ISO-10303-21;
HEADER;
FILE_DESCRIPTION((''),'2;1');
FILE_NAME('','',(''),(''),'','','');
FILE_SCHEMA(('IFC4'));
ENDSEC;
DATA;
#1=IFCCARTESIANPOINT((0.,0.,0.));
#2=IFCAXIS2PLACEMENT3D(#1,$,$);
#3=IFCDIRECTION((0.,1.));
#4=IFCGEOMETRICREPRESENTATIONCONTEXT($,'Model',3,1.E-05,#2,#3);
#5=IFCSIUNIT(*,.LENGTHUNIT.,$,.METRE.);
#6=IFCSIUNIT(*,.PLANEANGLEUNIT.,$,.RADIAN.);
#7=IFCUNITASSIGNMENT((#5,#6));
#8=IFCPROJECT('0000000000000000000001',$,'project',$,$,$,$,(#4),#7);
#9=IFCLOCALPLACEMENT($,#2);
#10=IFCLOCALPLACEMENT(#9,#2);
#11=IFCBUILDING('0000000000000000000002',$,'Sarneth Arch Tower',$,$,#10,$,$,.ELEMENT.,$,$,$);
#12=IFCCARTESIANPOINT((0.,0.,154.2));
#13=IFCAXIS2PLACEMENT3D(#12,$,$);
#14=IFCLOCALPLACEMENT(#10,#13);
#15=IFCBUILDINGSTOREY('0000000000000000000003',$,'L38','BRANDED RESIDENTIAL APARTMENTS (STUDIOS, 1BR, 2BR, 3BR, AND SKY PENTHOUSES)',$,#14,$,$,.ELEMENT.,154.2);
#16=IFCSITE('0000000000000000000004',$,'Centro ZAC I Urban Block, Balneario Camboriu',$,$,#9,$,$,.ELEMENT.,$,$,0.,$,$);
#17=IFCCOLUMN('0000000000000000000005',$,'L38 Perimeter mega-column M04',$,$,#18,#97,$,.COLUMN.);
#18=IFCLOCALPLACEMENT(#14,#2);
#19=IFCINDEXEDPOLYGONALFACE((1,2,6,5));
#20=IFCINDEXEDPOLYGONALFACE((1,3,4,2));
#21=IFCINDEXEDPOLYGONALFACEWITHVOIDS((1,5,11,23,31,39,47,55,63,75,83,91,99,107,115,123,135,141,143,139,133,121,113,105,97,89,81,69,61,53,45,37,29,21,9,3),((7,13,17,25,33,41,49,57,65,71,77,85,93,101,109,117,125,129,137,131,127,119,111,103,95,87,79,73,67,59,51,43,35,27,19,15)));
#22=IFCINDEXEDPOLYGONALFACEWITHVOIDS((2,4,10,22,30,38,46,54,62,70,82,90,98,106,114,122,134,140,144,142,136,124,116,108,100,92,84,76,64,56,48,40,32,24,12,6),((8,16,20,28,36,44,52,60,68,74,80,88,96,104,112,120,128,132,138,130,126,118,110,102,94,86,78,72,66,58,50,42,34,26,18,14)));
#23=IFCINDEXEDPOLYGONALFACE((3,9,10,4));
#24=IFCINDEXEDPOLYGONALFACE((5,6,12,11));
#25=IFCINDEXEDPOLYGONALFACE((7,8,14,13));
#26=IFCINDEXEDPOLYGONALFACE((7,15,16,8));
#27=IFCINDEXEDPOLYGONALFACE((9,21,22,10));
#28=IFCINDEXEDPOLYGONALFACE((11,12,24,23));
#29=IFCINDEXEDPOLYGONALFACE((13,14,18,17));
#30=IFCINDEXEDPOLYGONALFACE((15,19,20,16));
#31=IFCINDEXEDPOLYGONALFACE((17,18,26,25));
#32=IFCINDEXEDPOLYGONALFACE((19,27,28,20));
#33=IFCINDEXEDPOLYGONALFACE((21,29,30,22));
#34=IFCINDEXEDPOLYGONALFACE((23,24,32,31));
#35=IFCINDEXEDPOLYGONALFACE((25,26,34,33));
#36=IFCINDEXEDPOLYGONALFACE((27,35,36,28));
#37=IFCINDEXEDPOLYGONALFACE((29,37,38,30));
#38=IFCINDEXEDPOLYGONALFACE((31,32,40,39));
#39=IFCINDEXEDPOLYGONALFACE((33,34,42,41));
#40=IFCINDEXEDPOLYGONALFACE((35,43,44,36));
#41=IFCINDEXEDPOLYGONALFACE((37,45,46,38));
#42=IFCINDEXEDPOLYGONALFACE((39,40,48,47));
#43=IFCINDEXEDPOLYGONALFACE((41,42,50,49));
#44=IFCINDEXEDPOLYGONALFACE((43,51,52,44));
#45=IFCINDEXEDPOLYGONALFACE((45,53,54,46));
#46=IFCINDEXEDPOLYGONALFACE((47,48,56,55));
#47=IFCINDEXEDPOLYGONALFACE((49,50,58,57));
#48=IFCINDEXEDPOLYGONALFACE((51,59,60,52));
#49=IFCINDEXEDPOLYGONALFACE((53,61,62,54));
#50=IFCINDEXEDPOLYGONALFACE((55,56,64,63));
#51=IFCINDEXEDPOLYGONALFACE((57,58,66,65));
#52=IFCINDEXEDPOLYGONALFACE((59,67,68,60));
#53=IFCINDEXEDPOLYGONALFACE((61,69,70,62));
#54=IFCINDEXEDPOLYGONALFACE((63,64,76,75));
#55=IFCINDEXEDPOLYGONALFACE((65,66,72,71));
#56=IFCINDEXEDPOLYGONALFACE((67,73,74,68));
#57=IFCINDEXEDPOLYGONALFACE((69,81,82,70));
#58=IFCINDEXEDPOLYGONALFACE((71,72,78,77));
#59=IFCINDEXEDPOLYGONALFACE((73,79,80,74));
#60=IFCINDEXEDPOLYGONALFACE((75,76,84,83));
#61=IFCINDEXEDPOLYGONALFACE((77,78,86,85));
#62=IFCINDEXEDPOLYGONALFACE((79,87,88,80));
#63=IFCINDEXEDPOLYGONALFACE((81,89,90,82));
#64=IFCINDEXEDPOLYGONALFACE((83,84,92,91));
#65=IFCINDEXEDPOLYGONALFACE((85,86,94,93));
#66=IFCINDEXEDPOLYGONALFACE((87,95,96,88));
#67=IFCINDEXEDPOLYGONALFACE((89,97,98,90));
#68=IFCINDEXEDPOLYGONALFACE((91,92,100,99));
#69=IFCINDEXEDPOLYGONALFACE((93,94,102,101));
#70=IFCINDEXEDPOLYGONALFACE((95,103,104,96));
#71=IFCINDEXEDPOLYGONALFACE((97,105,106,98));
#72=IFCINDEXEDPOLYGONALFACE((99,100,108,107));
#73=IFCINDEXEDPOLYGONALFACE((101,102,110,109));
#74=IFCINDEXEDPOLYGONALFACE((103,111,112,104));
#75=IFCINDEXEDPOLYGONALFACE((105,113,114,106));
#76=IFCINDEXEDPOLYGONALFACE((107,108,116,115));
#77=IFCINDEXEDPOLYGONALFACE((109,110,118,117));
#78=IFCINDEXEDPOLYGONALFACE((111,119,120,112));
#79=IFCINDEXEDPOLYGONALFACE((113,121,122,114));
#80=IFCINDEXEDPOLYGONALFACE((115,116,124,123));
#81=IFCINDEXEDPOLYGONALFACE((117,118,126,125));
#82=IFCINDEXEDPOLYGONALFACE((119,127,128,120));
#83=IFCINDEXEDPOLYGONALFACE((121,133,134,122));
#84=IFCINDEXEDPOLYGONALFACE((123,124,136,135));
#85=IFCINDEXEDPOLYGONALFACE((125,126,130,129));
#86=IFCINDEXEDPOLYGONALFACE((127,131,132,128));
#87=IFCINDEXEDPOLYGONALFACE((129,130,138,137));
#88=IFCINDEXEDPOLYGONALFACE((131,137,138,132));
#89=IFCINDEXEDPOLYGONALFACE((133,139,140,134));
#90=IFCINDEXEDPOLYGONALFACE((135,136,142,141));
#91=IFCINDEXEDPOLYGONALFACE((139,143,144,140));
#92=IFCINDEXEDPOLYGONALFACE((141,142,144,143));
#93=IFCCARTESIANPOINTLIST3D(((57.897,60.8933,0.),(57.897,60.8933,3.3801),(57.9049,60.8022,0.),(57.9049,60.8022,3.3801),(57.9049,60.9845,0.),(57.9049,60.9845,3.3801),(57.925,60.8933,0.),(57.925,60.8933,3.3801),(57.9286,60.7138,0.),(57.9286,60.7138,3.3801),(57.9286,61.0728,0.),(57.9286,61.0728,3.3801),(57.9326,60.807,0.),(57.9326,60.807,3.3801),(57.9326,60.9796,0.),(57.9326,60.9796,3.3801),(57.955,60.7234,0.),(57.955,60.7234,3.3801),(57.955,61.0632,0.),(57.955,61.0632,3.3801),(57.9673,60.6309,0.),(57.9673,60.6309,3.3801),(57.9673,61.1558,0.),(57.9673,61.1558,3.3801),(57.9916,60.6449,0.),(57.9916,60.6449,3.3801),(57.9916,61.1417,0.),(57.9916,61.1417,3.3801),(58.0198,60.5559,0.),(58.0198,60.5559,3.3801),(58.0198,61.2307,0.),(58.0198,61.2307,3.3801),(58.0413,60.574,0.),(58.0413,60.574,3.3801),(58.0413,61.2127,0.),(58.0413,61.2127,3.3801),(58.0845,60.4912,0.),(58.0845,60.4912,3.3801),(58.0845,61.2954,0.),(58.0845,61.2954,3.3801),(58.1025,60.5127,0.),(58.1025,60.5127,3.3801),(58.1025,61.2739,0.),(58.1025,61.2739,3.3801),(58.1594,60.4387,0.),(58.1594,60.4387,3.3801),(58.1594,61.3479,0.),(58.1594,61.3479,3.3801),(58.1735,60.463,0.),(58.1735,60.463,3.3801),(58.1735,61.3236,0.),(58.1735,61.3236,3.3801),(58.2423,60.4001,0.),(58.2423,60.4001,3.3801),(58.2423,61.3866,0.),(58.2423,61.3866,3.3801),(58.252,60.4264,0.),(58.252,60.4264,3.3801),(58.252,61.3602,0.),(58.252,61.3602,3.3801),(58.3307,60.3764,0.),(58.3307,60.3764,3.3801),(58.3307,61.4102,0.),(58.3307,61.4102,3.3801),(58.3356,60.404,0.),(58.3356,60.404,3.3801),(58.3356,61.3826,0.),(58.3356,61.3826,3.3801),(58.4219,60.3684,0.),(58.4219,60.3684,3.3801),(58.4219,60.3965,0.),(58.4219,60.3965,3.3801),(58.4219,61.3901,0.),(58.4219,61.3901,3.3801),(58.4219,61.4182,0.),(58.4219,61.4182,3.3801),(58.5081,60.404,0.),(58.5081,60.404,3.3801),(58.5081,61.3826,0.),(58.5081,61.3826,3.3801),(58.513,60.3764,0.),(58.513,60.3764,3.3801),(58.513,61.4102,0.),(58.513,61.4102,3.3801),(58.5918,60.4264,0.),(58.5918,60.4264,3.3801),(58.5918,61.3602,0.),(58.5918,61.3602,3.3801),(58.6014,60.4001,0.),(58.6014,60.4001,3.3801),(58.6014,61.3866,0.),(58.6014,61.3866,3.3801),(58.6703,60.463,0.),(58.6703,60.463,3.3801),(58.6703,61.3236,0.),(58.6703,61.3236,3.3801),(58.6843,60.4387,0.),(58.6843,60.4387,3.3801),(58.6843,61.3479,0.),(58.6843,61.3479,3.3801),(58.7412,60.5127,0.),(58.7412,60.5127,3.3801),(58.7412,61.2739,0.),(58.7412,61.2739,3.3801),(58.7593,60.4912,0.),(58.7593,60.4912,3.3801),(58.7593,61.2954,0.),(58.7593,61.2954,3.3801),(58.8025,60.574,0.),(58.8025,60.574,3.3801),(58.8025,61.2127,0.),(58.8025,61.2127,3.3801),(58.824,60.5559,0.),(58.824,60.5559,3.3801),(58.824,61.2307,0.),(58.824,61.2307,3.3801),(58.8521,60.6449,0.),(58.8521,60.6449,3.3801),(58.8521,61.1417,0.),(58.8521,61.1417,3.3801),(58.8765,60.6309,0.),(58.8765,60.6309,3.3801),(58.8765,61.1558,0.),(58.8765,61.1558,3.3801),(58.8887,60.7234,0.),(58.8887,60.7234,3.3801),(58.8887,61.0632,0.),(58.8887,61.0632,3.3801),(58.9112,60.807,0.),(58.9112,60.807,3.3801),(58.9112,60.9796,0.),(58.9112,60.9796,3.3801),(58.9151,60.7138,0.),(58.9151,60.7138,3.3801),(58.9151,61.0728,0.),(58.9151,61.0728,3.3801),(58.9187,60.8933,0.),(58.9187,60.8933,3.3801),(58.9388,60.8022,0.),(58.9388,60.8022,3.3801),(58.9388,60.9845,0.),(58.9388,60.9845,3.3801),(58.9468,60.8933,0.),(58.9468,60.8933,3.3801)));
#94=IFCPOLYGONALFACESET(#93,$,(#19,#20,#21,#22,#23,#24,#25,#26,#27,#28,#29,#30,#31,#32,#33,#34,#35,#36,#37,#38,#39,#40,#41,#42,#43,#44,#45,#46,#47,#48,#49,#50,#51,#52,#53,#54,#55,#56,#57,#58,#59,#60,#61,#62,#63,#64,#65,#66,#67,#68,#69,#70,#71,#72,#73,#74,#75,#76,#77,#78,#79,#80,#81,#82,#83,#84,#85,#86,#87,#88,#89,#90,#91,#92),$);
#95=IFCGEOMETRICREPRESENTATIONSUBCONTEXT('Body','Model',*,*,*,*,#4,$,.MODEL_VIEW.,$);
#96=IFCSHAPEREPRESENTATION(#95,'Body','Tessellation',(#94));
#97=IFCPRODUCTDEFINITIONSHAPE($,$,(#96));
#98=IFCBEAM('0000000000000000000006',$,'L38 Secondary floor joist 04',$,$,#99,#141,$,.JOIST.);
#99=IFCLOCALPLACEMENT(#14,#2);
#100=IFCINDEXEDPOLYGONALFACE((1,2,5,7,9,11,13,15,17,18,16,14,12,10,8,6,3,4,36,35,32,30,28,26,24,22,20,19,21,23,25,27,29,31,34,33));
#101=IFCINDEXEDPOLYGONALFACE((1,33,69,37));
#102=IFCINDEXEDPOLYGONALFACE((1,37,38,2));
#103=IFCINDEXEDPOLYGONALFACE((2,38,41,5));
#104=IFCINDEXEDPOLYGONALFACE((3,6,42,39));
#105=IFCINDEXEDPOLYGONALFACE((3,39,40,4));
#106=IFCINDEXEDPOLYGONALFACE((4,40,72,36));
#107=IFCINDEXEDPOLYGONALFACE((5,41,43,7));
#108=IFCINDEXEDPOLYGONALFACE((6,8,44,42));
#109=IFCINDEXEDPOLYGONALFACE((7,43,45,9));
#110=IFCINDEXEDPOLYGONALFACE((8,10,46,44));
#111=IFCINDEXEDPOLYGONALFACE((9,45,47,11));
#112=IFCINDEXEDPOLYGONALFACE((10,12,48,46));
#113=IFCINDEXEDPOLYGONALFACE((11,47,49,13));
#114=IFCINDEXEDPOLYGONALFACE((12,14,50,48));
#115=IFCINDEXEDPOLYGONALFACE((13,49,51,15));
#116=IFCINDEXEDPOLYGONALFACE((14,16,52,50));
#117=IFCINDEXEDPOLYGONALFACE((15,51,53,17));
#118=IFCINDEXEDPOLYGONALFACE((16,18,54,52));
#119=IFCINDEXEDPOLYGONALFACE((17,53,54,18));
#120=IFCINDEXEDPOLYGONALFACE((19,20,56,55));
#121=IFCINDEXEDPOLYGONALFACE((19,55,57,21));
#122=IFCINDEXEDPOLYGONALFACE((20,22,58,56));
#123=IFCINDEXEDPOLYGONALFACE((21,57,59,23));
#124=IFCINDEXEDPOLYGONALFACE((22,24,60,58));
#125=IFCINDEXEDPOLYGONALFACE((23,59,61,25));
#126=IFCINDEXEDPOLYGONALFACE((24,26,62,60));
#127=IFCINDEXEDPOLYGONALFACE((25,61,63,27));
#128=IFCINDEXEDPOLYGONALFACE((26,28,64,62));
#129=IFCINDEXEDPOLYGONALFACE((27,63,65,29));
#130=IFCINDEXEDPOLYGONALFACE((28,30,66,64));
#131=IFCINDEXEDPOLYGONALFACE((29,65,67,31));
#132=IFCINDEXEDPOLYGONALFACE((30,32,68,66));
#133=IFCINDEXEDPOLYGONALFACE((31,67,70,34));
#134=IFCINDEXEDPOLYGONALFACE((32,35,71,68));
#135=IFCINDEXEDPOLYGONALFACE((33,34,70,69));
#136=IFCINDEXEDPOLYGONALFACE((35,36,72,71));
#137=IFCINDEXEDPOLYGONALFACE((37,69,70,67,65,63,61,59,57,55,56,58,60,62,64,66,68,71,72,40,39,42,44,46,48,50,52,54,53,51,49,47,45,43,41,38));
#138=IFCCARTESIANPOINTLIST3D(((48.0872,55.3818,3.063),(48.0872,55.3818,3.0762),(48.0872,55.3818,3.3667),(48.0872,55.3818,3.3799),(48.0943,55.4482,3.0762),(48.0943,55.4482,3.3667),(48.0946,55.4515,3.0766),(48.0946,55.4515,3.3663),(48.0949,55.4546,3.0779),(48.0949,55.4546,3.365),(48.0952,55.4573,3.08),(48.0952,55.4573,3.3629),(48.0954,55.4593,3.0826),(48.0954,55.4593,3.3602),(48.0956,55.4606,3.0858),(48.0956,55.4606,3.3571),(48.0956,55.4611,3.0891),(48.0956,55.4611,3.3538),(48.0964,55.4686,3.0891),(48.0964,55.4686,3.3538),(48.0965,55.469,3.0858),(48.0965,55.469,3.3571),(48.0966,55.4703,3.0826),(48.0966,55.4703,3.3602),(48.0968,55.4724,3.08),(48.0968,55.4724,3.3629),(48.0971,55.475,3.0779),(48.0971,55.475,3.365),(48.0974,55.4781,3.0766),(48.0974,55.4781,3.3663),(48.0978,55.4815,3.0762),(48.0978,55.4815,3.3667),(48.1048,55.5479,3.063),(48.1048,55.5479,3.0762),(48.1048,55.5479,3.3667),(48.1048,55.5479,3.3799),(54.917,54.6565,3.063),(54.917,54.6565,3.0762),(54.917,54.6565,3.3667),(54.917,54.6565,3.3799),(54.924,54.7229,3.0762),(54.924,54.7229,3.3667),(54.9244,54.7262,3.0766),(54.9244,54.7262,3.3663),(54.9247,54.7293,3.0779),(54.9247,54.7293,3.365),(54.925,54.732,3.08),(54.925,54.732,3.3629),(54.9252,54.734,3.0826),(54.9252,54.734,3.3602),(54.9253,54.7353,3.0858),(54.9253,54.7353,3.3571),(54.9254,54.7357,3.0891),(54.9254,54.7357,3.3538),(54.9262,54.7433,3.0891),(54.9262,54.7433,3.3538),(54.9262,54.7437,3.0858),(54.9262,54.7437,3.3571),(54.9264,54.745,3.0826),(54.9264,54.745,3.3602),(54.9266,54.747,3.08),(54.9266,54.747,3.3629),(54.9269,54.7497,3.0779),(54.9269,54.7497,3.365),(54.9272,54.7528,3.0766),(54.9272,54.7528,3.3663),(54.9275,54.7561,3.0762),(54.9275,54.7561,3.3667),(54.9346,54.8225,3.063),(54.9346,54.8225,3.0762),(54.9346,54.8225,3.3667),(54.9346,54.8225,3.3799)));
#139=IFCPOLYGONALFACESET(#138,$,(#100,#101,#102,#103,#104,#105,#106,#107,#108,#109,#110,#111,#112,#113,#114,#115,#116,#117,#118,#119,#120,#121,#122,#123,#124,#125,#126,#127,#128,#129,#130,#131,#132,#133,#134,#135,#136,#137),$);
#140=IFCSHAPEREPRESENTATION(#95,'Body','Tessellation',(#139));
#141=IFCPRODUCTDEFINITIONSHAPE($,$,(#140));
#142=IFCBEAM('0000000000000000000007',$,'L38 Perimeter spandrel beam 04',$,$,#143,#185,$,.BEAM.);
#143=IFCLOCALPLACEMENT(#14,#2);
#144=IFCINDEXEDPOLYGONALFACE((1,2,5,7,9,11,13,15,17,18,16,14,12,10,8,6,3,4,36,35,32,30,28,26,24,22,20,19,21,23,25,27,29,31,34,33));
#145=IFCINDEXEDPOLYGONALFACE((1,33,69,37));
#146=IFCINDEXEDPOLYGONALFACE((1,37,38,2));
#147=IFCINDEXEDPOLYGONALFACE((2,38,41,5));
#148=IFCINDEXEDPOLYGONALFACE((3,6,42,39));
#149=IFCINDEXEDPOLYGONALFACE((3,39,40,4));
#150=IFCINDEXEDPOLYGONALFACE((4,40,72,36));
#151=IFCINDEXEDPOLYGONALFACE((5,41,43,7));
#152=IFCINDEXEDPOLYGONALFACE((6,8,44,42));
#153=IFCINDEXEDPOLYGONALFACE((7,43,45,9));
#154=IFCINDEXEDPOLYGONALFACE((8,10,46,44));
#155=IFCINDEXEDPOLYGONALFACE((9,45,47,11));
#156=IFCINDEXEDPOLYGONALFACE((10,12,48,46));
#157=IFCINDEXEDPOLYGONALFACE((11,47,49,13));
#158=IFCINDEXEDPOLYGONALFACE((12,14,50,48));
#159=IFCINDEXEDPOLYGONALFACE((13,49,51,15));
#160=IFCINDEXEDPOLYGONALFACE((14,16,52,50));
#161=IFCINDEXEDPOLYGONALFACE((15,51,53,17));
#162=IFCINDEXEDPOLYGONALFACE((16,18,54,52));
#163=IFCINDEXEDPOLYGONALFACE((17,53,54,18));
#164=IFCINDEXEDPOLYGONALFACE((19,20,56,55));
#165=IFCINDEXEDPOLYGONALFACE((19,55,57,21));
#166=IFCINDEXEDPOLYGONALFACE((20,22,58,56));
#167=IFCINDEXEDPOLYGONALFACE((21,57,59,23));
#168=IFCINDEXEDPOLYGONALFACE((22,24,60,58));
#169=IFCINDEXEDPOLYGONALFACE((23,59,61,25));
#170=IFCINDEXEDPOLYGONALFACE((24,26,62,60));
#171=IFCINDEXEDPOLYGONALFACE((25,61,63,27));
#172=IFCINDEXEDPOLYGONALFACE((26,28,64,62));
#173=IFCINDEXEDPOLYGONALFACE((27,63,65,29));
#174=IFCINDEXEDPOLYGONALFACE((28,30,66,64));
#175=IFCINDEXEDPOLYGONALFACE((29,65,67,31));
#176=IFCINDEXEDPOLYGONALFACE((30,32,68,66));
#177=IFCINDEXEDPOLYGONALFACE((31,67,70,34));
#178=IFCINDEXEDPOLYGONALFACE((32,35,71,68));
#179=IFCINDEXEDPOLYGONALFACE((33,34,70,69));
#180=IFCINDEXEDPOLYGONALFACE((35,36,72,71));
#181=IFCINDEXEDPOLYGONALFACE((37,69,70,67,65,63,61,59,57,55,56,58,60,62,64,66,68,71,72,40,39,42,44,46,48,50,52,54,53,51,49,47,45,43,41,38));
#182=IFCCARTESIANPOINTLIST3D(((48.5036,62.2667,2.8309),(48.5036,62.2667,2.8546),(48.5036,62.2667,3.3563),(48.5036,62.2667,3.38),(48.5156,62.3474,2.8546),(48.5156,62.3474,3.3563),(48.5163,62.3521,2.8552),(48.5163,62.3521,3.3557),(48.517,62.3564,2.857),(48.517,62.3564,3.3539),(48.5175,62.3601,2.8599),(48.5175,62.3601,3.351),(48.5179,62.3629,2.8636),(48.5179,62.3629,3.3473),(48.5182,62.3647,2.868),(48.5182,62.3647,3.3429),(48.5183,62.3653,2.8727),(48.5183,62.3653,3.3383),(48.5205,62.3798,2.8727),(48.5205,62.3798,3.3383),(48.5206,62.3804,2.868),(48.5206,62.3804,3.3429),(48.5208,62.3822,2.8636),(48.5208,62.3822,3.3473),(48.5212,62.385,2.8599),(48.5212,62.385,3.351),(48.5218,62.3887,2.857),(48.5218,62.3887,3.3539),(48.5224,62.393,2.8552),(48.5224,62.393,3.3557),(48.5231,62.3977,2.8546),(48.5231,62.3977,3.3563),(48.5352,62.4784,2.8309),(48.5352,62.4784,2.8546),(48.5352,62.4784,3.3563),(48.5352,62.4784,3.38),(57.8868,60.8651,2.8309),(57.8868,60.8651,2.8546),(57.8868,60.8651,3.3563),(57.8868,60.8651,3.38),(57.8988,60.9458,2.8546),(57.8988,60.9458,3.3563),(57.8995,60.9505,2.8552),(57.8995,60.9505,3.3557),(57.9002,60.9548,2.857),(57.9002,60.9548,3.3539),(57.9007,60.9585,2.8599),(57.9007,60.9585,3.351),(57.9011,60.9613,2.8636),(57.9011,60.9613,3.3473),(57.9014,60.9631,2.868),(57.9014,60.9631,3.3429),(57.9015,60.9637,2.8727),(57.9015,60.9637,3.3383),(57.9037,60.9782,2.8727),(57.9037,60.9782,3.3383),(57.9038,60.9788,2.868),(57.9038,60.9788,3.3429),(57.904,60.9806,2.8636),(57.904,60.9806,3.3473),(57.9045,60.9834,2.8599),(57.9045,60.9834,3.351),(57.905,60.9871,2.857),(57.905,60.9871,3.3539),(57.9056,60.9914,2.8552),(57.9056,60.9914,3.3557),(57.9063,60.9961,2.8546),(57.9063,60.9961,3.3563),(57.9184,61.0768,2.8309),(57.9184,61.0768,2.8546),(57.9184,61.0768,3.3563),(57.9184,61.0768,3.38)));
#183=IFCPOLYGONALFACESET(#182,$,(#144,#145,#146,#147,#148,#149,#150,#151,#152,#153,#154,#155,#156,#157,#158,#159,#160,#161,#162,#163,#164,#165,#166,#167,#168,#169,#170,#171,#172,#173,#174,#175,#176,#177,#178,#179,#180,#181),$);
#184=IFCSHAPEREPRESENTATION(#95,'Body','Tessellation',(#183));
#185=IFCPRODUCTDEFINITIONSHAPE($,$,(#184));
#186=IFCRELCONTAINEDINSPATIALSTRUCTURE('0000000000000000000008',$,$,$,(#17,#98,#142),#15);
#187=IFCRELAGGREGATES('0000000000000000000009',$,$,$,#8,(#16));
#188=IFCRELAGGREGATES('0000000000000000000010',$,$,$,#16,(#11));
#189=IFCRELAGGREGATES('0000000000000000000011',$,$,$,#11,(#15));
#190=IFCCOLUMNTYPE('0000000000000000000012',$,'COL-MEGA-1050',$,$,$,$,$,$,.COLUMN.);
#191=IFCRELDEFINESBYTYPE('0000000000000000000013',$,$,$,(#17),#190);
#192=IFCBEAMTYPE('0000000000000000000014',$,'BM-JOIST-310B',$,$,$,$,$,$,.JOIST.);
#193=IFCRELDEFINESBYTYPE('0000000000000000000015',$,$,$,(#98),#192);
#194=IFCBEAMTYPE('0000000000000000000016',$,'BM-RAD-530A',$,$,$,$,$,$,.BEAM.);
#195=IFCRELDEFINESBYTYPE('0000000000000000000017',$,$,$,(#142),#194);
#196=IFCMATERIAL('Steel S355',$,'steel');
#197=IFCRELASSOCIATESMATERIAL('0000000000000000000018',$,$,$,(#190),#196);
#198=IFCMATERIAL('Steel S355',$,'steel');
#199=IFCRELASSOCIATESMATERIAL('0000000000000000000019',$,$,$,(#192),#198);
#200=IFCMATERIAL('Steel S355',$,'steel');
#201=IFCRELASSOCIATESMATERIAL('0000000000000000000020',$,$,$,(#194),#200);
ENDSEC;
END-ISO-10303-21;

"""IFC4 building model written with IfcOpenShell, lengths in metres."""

from ifc_helpers import new_model, si_unit, direction, frame, origin, origin_2d, place, context, subcontext, project, spatial, hollow_circle, i_section, extrude, material, material_profile, profile_set, type_object, element, save


model = new_model("IFC4")

# Units and contexts
model_context = context("Model", 3, precision=1e-05, world=origin(), true_north=direction((0.0, 1.0)))
body_context = subcontext(model_context, "Body", "Model", "MODEL_VIEW")
ifc_project = project(units=[si_unit("LENGTHUNIT", "METRE"), si_unit("PLANEANGLEUNIT", "RADIAN")], contexts=[model_context])

# Site, building, storey
site_placement = place(None, origin())
site = spatial("IfcSite", under=ifc_project, at=site_placement, Name="Centro ZAC I Urban Block, Balneario Camboriu", CompositionType="ELEMENT", RefElevation=0.0)
building_placement = place(site_placement, origin())
building = spatial("IfcBuilding", under=site, at=building_placement, Name="Sarneth Arch Tower", CompositionType="ELEMENT")
storey_placement = place(building_placement, frame((0.0, 0.0, 154.2)))
storey = spatial("IfcBuildingStorey", under=building, at=storey_placement, Name="L38", Description="BRANDED RESIDENTIAL APARTMENTS (STUDIOS, 1BR, 2BR, 3BR, AND SKY PENTHOUSES)", CompositionType="ELEMENT", Elevation=154.2)

# Column
ifc_material_1 = material(Name="Steel S355", Category="steel")
ifc_material_profile_1 = material_profile(ifc_material_1, hollow_circle(Radius=0.5249, WallThickness=0.0281, at=origin_2d()), Name="CHS1050x28")
ifc_profile_set_1 = profile_set([ifc_material_profile_1], Name="Steel S355")
column_type = type_object("IfcColumnType", Name="COL-MEGA-1050", PredefinedType="COLUMN", material=ifc_profile_set_1)
column_placement = place(storey_placement, frame((58.4219, 60.8933, 0.0), z_axis=(0.0, 0.0, 1.0), x_axis=(1.0, 0.0, 0.0)))
element("IfcColumn", 1, at=column_placement, inside=storey, type_object=column_type, Name="L38 Perimeter mega-column M04", PredefinedType="COLUMN", context=body_context, shape_type="SweptSolid", body=[
    extrude(hollow_circle(Radius=0.5249, WallThickness=0.0281, at=origin_2d()), origin(), (0.0, 0.0, 1.0), 3.3801),
])

# Beams
ifc_material_2 = material(Name="Steel S355", Category="steel")
ifc_material_profile_2 = material_profile(ifc_material_2, i_section(OverallWidth=0.167, OverallDepth=0.3169, WebThickness=0.0076, FlangeThickness=0.0132, FilletRadius=0.0129, at=origin_2d()), Name="W310x52")
ifc_profile_set_2 = profile_set([ifc_material_profile_2], Name="Steel S355")
beam_type_1 = type_object("IfcBeamType", Name="BM-JOIST-310B", PredefinedType="JOIST", material=ifc_profile_set_2)
beam_1_placement = place(storey_placement, frame((54.9258, 54.7395, 3.2214), z_axis=(-0.994408, 0.105608, 0.0), x_axis=(-0.105608, -0.994408, 0.0)))
element("IfcBeam", 2, at=beam_1_placement, inside=storey, type_object=beam_type_1, Name="L38 Secondary floor joist 04", PredefinedType="JOIST", context=body_context, shape_type="SweptSolid", body=[
    extrude(i_section(OverallWidth=0.167, OverallDepth=0.3169, WebThickness=0.0076, FlangeThickness=0.0132, FilletRadius=0.0129, at=origin_2d()), origin(), (0.0, 0.0, 1.0), 6.8682),
])
ifc_material_3 = material(Name="Steel S355", Category="steel")
ifc_material_profile_3 = material_profile(ifc_material_3, i_section(OverallWidth=0.2141, OverallDepth=0.5491, WebThickness=0.0146, FlangeThickness=0.0237, FilletRadius=0.0181, at=origin_2d()), Name="W530x138")
ifc_profile_set_3 = profile_set([ifc_material_profile_3], Name="Steel S355")
beam_type_2 = type_object("IfcBeamType", Name="BM-RAD-530A", PredefinedType="BEAM", material=ifc_profile_set_3)
beam_2_placement = place(storey_placement, frame((57.9026, 60.9709, 3.1055), z_axis=(-0.989027, 0.147734, 0.0), x_axis=(-0.147734, -0.989027, 0.0)))
element("IfcBeam", 3, at=beam_2_placement, inside=storey, type_object=beam_type_2, Name="L38 Perimeter spandrel beam 04", PredefinedType="BEAM", context=body_context, shape_type="SweptSolid", body=[
    extrude(i_section(OverallWidth=0.2141, OverallDepth=0.5491, WebThickness=0.0146, FlangeThickness=0.0237, FilletRadius=0.0181, at=origin_2d()), origin(), (0.0, 0.0, 1.0), 9.4873),
])

save(model, "model.ifc")
